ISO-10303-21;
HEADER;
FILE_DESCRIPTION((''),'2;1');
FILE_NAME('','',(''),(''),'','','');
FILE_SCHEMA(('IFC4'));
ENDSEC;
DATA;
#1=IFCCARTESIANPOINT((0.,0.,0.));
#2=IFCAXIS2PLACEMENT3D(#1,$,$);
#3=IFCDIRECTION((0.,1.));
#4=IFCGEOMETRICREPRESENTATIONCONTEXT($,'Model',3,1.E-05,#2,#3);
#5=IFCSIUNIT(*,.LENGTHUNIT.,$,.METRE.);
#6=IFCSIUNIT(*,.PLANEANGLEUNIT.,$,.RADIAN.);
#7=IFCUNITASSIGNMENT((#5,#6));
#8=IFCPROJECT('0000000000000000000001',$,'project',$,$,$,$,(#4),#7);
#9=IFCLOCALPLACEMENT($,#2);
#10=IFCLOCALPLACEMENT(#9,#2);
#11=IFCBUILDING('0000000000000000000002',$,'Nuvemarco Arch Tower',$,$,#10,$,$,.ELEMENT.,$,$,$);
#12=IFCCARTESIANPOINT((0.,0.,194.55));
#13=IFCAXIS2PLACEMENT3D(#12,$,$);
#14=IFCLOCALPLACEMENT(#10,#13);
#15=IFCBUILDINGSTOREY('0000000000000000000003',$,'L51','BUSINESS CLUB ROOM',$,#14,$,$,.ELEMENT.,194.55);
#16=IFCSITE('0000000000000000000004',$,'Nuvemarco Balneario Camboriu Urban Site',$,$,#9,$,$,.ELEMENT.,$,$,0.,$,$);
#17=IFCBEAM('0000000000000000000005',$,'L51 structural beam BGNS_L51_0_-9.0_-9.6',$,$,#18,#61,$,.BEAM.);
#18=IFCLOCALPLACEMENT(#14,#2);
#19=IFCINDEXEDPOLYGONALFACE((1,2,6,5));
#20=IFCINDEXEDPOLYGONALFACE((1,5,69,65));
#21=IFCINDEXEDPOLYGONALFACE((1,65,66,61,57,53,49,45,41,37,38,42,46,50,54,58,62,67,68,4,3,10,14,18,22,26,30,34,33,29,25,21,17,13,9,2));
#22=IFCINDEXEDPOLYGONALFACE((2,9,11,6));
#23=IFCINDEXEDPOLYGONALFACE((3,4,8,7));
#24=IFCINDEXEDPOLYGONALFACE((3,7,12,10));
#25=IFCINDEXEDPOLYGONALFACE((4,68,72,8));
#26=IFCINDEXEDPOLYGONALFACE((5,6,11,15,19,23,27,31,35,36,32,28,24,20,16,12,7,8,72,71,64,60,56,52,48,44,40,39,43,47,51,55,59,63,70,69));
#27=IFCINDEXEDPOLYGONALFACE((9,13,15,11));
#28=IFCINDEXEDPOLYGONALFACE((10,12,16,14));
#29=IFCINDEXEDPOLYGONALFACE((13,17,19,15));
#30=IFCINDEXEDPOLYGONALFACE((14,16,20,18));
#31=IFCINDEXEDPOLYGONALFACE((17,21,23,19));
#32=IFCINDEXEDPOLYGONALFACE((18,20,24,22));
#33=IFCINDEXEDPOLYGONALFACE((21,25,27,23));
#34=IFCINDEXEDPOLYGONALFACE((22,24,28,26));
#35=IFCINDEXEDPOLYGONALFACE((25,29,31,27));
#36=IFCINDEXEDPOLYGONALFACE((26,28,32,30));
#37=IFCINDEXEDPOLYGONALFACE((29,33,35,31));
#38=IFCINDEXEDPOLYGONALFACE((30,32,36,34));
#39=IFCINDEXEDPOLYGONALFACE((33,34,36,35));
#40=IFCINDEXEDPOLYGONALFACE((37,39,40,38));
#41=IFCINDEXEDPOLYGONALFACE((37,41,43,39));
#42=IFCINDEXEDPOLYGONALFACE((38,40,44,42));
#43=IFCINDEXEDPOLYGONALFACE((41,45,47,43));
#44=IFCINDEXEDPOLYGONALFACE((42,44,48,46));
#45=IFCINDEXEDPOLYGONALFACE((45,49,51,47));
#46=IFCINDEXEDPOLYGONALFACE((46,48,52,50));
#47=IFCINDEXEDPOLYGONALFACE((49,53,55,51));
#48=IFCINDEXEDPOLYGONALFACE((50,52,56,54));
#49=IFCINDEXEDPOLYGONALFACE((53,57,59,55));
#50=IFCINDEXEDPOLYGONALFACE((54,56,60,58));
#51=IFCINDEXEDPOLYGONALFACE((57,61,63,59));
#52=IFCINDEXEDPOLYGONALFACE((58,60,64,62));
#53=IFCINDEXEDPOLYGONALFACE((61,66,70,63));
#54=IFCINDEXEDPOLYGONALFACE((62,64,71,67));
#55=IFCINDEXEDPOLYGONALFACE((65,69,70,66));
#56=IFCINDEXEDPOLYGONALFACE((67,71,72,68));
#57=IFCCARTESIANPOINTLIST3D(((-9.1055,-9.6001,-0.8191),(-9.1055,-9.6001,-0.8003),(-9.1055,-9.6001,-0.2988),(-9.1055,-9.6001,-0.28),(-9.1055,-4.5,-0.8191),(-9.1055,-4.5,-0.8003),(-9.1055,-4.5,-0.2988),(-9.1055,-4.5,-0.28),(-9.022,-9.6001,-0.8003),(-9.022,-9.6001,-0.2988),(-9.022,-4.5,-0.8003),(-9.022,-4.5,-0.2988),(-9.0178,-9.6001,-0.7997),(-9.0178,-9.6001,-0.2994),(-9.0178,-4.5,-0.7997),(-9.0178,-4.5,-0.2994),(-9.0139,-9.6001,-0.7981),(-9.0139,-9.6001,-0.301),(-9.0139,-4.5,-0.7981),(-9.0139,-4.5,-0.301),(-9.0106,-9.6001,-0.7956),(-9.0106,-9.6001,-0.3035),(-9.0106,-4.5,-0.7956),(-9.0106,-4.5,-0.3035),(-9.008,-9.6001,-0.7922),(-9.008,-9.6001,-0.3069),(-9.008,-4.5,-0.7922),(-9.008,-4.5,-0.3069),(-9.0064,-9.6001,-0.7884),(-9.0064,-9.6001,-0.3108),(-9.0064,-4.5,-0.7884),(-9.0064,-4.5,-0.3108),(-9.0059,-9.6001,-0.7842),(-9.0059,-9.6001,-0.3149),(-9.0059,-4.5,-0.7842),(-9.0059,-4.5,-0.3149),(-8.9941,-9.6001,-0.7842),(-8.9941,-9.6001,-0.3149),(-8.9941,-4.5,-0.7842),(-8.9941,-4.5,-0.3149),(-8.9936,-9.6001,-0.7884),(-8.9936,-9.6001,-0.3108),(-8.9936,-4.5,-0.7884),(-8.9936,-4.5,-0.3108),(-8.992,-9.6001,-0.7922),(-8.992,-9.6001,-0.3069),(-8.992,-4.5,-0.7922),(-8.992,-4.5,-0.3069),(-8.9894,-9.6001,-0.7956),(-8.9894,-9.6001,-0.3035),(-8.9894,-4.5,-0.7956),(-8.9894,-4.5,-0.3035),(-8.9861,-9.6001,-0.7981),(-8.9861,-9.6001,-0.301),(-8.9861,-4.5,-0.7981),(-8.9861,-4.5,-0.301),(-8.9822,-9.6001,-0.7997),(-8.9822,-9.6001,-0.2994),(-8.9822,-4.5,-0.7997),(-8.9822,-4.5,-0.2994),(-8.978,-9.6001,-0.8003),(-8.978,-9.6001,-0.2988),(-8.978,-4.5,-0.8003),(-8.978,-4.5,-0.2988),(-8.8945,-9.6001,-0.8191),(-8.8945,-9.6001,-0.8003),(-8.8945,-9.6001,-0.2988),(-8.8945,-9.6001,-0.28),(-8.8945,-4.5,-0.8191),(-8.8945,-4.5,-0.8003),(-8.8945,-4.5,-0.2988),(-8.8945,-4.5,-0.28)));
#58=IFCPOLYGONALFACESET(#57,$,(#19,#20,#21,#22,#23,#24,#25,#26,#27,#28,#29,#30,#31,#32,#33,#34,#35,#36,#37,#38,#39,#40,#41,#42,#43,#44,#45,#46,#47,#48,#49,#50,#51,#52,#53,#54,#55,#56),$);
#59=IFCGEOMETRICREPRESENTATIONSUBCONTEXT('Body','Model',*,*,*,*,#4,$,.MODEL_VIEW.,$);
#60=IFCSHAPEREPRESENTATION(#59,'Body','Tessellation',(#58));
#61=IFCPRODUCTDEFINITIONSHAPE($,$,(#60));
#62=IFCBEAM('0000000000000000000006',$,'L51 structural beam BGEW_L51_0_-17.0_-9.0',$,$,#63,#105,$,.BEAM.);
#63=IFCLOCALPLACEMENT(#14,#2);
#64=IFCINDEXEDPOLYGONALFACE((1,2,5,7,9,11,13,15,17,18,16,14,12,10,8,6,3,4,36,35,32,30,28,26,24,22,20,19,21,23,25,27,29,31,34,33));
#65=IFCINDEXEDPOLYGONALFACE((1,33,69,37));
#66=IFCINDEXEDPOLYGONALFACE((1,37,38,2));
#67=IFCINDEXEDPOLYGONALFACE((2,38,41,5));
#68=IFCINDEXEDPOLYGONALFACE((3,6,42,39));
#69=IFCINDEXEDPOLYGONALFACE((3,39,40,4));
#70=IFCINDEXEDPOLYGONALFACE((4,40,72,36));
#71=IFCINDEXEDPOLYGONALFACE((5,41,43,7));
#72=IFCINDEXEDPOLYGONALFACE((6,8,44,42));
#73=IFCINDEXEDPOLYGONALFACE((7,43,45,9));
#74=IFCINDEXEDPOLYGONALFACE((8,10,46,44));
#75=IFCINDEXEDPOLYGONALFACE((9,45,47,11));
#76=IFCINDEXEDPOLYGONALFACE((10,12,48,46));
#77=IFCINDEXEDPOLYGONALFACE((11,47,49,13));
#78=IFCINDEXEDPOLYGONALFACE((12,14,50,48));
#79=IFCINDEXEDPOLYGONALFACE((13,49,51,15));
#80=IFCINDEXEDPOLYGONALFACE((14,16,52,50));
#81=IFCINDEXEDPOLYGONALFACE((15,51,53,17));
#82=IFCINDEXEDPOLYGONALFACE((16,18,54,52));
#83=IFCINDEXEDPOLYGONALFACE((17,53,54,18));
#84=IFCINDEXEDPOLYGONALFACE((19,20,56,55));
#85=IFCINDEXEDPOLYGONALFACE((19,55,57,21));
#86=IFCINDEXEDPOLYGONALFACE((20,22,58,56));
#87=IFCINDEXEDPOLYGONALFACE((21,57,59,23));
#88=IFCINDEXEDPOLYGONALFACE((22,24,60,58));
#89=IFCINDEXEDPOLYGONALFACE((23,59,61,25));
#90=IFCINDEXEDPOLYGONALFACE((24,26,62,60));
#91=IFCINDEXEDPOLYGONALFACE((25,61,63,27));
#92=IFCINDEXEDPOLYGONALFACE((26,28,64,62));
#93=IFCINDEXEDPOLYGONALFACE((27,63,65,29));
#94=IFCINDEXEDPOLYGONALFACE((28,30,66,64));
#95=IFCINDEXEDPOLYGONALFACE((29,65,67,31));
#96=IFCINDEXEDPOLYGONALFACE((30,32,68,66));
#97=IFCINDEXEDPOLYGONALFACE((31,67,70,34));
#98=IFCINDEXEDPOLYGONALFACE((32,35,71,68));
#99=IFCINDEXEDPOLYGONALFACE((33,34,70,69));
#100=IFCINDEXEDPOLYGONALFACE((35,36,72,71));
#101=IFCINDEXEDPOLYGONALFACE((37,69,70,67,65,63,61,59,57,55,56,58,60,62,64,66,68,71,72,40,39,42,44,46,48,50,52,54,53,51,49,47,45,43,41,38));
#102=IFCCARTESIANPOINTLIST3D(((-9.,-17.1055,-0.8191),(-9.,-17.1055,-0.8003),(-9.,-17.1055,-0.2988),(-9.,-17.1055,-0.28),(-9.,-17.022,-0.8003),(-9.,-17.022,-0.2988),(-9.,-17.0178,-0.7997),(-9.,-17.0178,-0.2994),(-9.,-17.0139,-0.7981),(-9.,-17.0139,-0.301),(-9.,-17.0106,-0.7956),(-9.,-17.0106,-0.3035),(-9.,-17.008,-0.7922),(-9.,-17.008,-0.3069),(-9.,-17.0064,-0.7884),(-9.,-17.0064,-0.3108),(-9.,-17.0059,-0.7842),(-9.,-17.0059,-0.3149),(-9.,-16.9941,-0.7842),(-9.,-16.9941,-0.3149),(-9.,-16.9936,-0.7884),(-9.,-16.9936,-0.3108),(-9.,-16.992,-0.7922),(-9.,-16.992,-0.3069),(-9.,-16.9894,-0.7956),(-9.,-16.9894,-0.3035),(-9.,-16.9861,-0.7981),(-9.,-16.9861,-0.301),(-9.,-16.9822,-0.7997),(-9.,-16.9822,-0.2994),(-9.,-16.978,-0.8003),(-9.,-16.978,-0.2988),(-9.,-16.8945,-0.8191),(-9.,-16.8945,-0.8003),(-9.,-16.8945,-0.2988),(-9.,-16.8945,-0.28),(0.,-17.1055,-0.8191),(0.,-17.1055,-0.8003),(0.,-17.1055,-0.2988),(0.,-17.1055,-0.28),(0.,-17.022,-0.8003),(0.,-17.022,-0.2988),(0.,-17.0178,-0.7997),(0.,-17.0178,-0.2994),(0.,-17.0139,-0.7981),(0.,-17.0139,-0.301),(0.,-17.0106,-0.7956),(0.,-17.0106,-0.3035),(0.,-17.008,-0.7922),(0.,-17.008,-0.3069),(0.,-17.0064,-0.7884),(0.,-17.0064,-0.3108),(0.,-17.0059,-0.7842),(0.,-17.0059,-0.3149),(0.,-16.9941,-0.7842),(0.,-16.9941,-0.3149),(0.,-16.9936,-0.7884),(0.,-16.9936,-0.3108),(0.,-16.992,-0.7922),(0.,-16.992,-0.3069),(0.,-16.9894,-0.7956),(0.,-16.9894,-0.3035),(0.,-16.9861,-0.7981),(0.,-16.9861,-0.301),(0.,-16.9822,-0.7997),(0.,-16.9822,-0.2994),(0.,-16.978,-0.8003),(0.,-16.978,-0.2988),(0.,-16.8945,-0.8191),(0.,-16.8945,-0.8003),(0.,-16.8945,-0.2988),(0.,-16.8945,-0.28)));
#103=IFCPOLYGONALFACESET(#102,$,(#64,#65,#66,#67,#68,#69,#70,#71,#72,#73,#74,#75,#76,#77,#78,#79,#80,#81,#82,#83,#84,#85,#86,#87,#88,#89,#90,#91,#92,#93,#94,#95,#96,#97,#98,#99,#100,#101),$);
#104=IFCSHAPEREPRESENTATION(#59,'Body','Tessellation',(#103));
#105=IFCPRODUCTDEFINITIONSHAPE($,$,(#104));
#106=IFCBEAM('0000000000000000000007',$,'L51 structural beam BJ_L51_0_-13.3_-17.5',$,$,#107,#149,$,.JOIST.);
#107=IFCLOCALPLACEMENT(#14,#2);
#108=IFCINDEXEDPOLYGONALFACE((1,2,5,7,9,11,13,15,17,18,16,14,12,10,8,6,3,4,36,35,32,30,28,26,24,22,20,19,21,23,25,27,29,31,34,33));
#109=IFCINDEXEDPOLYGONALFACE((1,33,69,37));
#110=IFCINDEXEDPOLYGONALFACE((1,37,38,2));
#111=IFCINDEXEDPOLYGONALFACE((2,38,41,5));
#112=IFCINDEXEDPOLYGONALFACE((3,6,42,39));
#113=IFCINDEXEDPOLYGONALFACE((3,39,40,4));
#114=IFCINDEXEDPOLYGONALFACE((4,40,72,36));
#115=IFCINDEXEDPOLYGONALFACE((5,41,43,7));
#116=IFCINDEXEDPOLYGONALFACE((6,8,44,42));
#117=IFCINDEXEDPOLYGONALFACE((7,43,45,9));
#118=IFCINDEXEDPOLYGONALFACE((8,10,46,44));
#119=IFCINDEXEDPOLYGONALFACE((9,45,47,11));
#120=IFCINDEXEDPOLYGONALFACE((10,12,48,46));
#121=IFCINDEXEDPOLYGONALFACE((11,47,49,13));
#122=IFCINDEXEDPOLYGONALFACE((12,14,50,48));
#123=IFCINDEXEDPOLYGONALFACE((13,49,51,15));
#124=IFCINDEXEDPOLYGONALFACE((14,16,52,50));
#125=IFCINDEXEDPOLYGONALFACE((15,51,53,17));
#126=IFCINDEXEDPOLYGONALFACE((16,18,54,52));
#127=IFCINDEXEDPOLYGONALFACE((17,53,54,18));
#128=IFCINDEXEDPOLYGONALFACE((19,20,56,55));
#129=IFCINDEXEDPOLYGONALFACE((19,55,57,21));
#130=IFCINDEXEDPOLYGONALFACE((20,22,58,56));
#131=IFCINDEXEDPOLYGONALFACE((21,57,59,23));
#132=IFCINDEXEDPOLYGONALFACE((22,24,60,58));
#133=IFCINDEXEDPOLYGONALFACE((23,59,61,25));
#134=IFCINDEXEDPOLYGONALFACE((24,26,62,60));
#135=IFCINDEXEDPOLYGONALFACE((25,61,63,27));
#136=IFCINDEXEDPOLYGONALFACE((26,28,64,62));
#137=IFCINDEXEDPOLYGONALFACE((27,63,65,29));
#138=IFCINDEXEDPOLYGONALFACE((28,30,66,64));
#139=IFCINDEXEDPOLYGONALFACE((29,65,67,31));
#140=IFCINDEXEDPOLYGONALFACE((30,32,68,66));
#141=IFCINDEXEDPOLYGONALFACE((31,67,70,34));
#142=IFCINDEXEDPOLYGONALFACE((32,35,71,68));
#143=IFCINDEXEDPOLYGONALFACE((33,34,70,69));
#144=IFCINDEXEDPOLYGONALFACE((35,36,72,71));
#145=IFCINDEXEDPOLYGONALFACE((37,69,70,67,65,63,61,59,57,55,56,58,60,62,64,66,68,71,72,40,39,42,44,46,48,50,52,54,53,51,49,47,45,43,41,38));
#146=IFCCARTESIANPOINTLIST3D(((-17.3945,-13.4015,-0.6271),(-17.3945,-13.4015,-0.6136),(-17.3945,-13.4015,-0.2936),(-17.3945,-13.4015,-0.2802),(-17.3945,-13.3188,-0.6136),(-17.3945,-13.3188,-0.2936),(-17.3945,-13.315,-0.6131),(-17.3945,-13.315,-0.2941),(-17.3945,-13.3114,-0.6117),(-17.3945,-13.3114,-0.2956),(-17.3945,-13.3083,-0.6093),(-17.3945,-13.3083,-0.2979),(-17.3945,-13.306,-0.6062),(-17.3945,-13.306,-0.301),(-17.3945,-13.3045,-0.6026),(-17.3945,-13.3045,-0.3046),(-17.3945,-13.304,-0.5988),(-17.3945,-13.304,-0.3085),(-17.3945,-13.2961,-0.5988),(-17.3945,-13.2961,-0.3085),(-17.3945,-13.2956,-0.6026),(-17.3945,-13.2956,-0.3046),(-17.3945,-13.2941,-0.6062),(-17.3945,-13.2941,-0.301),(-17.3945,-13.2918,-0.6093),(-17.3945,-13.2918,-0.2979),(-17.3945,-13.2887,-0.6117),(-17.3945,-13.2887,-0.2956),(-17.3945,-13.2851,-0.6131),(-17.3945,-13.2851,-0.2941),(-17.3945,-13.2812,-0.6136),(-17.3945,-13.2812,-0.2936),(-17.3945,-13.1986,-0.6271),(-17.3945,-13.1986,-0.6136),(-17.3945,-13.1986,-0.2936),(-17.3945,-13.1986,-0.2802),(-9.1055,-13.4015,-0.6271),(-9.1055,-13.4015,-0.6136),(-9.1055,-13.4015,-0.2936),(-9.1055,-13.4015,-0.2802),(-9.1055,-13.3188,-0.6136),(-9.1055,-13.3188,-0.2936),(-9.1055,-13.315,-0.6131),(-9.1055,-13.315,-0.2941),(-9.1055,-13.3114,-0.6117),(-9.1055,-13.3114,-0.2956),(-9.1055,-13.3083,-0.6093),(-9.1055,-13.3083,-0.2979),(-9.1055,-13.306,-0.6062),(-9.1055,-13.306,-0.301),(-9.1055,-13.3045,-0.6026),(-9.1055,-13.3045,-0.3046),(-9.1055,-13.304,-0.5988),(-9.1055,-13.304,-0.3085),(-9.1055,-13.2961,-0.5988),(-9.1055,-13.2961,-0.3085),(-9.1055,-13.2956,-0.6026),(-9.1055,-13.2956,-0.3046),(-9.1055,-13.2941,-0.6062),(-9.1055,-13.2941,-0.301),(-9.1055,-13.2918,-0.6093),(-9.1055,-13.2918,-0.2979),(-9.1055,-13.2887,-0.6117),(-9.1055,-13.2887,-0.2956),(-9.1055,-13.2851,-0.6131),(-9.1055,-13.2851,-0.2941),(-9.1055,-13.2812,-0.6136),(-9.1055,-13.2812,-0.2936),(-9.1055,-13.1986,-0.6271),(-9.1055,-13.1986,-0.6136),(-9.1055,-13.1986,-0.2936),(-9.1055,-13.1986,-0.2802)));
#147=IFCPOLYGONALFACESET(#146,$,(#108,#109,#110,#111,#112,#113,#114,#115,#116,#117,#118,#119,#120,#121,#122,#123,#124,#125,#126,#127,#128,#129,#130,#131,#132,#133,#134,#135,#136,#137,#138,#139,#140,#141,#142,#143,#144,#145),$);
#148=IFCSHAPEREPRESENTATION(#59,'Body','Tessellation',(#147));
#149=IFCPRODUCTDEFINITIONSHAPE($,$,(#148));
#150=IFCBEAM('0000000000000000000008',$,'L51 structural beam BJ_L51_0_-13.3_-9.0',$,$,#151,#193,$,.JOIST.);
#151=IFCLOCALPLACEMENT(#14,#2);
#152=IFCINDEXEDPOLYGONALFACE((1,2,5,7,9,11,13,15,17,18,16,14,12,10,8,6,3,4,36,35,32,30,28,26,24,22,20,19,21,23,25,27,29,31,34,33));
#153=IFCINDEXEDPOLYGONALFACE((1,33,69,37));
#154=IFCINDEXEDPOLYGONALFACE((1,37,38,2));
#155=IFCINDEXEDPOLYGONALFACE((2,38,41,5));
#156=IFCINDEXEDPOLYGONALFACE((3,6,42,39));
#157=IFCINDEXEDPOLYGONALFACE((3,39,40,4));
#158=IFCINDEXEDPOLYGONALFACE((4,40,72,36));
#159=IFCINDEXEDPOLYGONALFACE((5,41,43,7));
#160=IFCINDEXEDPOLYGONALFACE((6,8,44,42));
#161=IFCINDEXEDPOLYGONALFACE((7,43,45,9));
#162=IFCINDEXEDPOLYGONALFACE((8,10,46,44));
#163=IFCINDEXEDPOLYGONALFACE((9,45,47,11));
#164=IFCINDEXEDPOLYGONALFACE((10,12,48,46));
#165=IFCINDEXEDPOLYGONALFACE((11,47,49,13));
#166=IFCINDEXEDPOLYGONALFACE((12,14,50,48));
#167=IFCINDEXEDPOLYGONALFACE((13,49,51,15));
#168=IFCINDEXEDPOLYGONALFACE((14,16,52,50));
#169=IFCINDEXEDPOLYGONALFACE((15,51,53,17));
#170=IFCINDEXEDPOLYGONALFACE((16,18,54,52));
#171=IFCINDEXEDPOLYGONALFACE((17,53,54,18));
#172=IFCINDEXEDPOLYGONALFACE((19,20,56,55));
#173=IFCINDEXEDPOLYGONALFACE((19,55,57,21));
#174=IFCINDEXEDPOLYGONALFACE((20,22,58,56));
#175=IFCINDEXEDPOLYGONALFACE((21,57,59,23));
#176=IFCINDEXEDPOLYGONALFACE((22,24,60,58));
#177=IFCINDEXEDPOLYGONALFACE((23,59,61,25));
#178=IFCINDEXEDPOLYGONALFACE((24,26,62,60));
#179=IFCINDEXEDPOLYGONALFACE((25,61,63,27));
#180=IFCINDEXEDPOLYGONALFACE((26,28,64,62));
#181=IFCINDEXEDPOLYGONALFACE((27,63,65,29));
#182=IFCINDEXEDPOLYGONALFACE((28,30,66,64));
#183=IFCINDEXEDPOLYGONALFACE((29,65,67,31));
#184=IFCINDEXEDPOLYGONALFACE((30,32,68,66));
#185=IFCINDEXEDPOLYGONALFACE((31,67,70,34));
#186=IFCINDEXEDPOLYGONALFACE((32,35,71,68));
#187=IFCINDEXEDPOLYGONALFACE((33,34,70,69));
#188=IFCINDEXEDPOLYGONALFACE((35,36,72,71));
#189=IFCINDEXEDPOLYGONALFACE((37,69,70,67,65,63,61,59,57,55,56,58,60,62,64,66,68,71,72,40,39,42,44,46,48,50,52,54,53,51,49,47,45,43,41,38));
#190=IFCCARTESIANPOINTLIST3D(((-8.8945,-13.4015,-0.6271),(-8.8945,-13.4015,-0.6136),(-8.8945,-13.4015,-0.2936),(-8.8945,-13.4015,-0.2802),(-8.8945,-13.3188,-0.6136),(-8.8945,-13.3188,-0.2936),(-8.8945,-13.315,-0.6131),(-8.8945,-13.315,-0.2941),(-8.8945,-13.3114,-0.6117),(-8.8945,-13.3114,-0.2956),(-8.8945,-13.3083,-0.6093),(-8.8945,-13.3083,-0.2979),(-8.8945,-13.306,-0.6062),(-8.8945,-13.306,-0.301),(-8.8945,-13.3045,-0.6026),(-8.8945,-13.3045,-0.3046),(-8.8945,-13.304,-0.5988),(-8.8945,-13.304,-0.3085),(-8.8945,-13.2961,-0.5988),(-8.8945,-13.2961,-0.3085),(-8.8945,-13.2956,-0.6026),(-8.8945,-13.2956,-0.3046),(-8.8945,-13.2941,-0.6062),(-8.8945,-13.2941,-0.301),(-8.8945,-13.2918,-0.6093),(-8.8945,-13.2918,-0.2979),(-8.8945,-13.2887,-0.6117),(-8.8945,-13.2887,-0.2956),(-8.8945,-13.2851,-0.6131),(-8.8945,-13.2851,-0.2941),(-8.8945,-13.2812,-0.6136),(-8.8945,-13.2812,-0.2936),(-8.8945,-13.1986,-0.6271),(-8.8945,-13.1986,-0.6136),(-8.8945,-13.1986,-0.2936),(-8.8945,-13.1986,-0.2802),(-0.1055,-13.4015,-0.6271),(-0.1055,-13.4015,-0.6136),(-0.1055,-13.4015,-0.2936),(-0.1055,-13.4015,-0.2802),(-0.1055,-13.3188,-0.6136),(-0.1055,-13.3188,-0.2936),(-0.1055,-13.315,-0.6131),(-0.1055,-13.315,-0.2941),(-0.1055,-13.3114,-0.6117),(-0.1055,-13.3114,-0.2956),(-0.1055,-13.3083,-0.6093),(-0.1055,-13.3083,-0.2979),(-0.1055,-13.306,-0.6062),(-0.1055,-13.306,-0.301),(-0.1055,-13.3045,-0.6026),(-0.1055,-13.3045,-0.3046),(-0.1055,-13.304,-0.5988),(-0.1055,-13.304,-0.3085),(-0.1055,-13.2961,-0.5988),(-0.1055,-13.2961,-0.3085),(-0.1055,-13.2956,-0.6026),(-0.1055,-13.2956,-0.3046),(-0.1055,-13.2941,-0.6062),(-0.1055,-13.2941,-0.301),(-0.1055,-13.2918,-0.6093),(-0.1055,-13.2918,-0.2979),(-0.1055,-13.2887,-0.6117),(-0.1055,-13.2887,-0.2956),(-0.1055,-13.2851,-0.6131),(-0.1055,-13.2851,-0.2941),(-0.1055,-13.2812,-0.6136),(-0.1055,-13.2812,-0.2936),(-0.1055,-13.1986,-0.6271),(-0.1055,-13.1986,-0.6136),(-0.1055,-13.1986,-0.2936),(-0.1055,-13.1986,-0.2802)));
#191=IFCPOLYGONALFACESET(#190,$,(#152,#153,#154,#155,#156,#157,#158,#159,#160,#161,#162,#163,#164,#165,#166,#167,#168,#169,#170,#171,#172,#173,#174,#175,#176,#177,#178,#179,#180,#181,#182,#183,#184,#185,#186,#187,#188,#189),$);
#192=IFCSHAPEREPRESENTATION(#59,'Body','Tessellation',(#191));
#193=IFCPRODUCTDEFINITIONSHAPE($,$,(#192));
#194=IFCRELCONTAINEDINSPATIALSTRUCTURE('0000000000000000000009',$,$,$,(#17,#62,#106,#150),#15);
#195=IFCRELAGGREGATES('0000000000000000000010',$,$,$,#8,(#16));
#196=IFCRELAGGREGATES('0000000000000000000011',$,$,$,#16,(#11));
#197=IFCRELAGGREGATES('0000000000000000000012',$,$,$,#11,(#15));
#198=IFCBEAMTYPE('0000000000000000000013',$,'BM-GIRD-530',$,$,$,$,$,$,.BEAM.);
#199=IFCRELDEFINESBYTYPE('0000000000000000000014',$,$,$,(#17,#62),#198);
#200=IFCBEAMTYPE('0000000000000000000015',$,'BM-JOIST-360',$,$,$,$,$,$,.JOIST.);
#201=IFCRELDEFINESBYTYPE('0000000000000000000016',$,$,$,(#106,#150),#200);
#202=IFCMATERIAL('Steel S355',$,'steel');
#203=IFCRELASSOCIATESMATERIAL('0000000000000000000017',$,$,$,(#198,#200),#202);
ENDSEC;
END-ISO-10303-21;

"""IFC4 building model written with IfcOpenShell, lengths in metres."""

from ifc_helpers import new_model, si_unit, direction, frame, origin, origin_2d, place, context, subcontext, project, spatial, i_section, extrude, material, material_profile, profile_set, type_object, element, save


model = new_model("IFC4")

# Units and contexts
model_context = context("Model", 3, precision=1e-05, world=origin(), true_north=direction((0.0, 1.0)))
body_context = subcontext(model_context, "Body", "Model", "MODEL_VIEW")
ifc_project = project(units=[si_unit("LENGTHUNIT", "METRE"), si_unit("PLANEANGLEUNIT", "RADIAN")], contexts=[model_context])

# Site, building, storey
site_placement = place(None, origin())
site = spatial("IfcSite", under=ifc_project, at=site_placement, Name="Nuvemarco Balneario Camboriu Urban Site", CompositionType="ELEMENT", RefElevation=0.0)
building_placement = place(site_placement, origin())
building = spatial("IfcBuilding", under=site, at=building_placement, Name="Nuvemarco Arch Tower", CompositionType="ELEMENT")
storey_placement = place(building_placement, frame((0.0, 0.0, 194.55)))
storey = spatial("IfcBuildingStorey", under=building, at=storey_placement, Name="L51", Description="BUSINESS CLUB ROOM", CompositionType="ELEMENT", Elevation=194.55)

# Shared definitions
ifc_material_1 = material(Name="Steel S355", Category="steel")

# Beams
ifc_material_profile_1 = material_profile(ifc_material_1, i_section(OverallWidth=0.2109, OverallDepth=0.5391, WebThickness=0.0117, FlangeThickness=0.0188, FilletRadius=0.0161, at=origin_2d()), Name="W530x109")
ifc_profile_set_1 = profile_set([ifc_material_profile_1], Name="Steel S355")
beam_type_1 = type_object("IfcBeamType", Name="BM-GIRD-530", PredefinedType="BEAM", material=ifc_profile_set_1)
beam_1_placement = place(storey_placement, frame((-9.0, -9.6001, -0.5496), z_axis=(0.0, 1.0, 0.0), x_axis=(-1.0, 0.0, 0.0)))
element("IfcBeam", 1, at=beam_1_placement, inside=storey, type_object=beam_type_1, Name="L51 structural beam BGNS_L51_0_-9.0_-9.6", PredefinedType="BEAM", context=body_context, shape_type="SweptSolid", body=[
    extrude(i_section(OverallWidth=0.2109, OverallDepth=0.5391, WebThickness=0.0117, FlangeThickness=0.0188, FilletRadius=0.0161, at=origin_2d()), origin(), (0.0, 0.0, 1.0), 5.1001),
])
beam_2_placement = place(storey_placement, frame((-9.0, -17.0, -0.5496), z_axis=(1.0, 0.0, 0.0), x_axis=(0.0, 1.0, 0.0)))
element("IfcBeam", 2, at=beam_2_placement, inside=storey, type_object=beam_type_1, Name="L51 structural beam BGEW_L51_0_-17.0_-9.0", PredefinedType="BEAM", context=body_context, shape_type="SweptSolid", body=[
    extrude(i_section(OverallWidth=0.2109, OverallDepth=0.5391, WebThickness=0.0117, FlangeThickness=0.0188, FilletRadius=0.0161, at=origin_2d()), origin(), (0.0, 0.0, 1.0), 9.0),
])
ifc_material_profile_2 = material_profile(ifc_material_1, i_section(OverallWidth=0.2029, OverallDepth=0.3469, WebThickness=0.0078, FlangeThickness=0.0134, FilletRadius=0.0149, at=origin_2d()), Name="W360x64")
ifc_profile_set_2 = profile_set([ifc_material_profile_2], Name="Steel S355")
beam_type_2 = type_object("IfcBeamType", Name="BM-JOIST-360", PredefinedType="JOIST", material=ifc_profile_set_2)
beam_3_placement = place(storey_placement, frame((-17.3945, -13.3, -0.4536), z_axis=(1.0, 0.0, 0.0), x_axis=(0.0, 1.0, 0.0)))
element("IfcBeam", 3, at=beam_3_placement, inside=storey, type_object=beam_type_2, Name="L51 structural beam BJ_L51_0_-13.3_-17.5", PredefinedType="JOIST", context=body_context, shape_type="SweptSolid", body=[
    extrude(i_section(OverallWidth=0.2029, OverallDepth=0.3469, WebThickness=0.0078, FlangeThickness=0.0134, FilletRadius=0.0149, at=origin_2d()), origin(), (0.0, 0.0, 1.0), 8.2891),
])
beam_4_placement = place(storey_placement, frame((-8.8945, -13.3, -0.4536), z_axis=(1.0, 0.0, 0.0), x_axis=(0.0, 1.0, 0.0)))
element("IfcBeam", 4, at=beam_4_placement, inside=storey, type_object=beam_type_2, Name="L51 structural beam BJ_L51_0_-13.3_-9.0", PredefinedType="JOIST", context=body_context, shape_type="SweptSolid", body=[
    extrude(i_section(OverallWidth=0.2029, OverallDepth=0.3469, WebThickness=0.0078, FlangeThickness=0.0134, FilletRadius=0.0149, at=origin_2d()), origin(), (0.0, 0.0, 1.0), 8.7891),
])

save(model, "model.ifc")
